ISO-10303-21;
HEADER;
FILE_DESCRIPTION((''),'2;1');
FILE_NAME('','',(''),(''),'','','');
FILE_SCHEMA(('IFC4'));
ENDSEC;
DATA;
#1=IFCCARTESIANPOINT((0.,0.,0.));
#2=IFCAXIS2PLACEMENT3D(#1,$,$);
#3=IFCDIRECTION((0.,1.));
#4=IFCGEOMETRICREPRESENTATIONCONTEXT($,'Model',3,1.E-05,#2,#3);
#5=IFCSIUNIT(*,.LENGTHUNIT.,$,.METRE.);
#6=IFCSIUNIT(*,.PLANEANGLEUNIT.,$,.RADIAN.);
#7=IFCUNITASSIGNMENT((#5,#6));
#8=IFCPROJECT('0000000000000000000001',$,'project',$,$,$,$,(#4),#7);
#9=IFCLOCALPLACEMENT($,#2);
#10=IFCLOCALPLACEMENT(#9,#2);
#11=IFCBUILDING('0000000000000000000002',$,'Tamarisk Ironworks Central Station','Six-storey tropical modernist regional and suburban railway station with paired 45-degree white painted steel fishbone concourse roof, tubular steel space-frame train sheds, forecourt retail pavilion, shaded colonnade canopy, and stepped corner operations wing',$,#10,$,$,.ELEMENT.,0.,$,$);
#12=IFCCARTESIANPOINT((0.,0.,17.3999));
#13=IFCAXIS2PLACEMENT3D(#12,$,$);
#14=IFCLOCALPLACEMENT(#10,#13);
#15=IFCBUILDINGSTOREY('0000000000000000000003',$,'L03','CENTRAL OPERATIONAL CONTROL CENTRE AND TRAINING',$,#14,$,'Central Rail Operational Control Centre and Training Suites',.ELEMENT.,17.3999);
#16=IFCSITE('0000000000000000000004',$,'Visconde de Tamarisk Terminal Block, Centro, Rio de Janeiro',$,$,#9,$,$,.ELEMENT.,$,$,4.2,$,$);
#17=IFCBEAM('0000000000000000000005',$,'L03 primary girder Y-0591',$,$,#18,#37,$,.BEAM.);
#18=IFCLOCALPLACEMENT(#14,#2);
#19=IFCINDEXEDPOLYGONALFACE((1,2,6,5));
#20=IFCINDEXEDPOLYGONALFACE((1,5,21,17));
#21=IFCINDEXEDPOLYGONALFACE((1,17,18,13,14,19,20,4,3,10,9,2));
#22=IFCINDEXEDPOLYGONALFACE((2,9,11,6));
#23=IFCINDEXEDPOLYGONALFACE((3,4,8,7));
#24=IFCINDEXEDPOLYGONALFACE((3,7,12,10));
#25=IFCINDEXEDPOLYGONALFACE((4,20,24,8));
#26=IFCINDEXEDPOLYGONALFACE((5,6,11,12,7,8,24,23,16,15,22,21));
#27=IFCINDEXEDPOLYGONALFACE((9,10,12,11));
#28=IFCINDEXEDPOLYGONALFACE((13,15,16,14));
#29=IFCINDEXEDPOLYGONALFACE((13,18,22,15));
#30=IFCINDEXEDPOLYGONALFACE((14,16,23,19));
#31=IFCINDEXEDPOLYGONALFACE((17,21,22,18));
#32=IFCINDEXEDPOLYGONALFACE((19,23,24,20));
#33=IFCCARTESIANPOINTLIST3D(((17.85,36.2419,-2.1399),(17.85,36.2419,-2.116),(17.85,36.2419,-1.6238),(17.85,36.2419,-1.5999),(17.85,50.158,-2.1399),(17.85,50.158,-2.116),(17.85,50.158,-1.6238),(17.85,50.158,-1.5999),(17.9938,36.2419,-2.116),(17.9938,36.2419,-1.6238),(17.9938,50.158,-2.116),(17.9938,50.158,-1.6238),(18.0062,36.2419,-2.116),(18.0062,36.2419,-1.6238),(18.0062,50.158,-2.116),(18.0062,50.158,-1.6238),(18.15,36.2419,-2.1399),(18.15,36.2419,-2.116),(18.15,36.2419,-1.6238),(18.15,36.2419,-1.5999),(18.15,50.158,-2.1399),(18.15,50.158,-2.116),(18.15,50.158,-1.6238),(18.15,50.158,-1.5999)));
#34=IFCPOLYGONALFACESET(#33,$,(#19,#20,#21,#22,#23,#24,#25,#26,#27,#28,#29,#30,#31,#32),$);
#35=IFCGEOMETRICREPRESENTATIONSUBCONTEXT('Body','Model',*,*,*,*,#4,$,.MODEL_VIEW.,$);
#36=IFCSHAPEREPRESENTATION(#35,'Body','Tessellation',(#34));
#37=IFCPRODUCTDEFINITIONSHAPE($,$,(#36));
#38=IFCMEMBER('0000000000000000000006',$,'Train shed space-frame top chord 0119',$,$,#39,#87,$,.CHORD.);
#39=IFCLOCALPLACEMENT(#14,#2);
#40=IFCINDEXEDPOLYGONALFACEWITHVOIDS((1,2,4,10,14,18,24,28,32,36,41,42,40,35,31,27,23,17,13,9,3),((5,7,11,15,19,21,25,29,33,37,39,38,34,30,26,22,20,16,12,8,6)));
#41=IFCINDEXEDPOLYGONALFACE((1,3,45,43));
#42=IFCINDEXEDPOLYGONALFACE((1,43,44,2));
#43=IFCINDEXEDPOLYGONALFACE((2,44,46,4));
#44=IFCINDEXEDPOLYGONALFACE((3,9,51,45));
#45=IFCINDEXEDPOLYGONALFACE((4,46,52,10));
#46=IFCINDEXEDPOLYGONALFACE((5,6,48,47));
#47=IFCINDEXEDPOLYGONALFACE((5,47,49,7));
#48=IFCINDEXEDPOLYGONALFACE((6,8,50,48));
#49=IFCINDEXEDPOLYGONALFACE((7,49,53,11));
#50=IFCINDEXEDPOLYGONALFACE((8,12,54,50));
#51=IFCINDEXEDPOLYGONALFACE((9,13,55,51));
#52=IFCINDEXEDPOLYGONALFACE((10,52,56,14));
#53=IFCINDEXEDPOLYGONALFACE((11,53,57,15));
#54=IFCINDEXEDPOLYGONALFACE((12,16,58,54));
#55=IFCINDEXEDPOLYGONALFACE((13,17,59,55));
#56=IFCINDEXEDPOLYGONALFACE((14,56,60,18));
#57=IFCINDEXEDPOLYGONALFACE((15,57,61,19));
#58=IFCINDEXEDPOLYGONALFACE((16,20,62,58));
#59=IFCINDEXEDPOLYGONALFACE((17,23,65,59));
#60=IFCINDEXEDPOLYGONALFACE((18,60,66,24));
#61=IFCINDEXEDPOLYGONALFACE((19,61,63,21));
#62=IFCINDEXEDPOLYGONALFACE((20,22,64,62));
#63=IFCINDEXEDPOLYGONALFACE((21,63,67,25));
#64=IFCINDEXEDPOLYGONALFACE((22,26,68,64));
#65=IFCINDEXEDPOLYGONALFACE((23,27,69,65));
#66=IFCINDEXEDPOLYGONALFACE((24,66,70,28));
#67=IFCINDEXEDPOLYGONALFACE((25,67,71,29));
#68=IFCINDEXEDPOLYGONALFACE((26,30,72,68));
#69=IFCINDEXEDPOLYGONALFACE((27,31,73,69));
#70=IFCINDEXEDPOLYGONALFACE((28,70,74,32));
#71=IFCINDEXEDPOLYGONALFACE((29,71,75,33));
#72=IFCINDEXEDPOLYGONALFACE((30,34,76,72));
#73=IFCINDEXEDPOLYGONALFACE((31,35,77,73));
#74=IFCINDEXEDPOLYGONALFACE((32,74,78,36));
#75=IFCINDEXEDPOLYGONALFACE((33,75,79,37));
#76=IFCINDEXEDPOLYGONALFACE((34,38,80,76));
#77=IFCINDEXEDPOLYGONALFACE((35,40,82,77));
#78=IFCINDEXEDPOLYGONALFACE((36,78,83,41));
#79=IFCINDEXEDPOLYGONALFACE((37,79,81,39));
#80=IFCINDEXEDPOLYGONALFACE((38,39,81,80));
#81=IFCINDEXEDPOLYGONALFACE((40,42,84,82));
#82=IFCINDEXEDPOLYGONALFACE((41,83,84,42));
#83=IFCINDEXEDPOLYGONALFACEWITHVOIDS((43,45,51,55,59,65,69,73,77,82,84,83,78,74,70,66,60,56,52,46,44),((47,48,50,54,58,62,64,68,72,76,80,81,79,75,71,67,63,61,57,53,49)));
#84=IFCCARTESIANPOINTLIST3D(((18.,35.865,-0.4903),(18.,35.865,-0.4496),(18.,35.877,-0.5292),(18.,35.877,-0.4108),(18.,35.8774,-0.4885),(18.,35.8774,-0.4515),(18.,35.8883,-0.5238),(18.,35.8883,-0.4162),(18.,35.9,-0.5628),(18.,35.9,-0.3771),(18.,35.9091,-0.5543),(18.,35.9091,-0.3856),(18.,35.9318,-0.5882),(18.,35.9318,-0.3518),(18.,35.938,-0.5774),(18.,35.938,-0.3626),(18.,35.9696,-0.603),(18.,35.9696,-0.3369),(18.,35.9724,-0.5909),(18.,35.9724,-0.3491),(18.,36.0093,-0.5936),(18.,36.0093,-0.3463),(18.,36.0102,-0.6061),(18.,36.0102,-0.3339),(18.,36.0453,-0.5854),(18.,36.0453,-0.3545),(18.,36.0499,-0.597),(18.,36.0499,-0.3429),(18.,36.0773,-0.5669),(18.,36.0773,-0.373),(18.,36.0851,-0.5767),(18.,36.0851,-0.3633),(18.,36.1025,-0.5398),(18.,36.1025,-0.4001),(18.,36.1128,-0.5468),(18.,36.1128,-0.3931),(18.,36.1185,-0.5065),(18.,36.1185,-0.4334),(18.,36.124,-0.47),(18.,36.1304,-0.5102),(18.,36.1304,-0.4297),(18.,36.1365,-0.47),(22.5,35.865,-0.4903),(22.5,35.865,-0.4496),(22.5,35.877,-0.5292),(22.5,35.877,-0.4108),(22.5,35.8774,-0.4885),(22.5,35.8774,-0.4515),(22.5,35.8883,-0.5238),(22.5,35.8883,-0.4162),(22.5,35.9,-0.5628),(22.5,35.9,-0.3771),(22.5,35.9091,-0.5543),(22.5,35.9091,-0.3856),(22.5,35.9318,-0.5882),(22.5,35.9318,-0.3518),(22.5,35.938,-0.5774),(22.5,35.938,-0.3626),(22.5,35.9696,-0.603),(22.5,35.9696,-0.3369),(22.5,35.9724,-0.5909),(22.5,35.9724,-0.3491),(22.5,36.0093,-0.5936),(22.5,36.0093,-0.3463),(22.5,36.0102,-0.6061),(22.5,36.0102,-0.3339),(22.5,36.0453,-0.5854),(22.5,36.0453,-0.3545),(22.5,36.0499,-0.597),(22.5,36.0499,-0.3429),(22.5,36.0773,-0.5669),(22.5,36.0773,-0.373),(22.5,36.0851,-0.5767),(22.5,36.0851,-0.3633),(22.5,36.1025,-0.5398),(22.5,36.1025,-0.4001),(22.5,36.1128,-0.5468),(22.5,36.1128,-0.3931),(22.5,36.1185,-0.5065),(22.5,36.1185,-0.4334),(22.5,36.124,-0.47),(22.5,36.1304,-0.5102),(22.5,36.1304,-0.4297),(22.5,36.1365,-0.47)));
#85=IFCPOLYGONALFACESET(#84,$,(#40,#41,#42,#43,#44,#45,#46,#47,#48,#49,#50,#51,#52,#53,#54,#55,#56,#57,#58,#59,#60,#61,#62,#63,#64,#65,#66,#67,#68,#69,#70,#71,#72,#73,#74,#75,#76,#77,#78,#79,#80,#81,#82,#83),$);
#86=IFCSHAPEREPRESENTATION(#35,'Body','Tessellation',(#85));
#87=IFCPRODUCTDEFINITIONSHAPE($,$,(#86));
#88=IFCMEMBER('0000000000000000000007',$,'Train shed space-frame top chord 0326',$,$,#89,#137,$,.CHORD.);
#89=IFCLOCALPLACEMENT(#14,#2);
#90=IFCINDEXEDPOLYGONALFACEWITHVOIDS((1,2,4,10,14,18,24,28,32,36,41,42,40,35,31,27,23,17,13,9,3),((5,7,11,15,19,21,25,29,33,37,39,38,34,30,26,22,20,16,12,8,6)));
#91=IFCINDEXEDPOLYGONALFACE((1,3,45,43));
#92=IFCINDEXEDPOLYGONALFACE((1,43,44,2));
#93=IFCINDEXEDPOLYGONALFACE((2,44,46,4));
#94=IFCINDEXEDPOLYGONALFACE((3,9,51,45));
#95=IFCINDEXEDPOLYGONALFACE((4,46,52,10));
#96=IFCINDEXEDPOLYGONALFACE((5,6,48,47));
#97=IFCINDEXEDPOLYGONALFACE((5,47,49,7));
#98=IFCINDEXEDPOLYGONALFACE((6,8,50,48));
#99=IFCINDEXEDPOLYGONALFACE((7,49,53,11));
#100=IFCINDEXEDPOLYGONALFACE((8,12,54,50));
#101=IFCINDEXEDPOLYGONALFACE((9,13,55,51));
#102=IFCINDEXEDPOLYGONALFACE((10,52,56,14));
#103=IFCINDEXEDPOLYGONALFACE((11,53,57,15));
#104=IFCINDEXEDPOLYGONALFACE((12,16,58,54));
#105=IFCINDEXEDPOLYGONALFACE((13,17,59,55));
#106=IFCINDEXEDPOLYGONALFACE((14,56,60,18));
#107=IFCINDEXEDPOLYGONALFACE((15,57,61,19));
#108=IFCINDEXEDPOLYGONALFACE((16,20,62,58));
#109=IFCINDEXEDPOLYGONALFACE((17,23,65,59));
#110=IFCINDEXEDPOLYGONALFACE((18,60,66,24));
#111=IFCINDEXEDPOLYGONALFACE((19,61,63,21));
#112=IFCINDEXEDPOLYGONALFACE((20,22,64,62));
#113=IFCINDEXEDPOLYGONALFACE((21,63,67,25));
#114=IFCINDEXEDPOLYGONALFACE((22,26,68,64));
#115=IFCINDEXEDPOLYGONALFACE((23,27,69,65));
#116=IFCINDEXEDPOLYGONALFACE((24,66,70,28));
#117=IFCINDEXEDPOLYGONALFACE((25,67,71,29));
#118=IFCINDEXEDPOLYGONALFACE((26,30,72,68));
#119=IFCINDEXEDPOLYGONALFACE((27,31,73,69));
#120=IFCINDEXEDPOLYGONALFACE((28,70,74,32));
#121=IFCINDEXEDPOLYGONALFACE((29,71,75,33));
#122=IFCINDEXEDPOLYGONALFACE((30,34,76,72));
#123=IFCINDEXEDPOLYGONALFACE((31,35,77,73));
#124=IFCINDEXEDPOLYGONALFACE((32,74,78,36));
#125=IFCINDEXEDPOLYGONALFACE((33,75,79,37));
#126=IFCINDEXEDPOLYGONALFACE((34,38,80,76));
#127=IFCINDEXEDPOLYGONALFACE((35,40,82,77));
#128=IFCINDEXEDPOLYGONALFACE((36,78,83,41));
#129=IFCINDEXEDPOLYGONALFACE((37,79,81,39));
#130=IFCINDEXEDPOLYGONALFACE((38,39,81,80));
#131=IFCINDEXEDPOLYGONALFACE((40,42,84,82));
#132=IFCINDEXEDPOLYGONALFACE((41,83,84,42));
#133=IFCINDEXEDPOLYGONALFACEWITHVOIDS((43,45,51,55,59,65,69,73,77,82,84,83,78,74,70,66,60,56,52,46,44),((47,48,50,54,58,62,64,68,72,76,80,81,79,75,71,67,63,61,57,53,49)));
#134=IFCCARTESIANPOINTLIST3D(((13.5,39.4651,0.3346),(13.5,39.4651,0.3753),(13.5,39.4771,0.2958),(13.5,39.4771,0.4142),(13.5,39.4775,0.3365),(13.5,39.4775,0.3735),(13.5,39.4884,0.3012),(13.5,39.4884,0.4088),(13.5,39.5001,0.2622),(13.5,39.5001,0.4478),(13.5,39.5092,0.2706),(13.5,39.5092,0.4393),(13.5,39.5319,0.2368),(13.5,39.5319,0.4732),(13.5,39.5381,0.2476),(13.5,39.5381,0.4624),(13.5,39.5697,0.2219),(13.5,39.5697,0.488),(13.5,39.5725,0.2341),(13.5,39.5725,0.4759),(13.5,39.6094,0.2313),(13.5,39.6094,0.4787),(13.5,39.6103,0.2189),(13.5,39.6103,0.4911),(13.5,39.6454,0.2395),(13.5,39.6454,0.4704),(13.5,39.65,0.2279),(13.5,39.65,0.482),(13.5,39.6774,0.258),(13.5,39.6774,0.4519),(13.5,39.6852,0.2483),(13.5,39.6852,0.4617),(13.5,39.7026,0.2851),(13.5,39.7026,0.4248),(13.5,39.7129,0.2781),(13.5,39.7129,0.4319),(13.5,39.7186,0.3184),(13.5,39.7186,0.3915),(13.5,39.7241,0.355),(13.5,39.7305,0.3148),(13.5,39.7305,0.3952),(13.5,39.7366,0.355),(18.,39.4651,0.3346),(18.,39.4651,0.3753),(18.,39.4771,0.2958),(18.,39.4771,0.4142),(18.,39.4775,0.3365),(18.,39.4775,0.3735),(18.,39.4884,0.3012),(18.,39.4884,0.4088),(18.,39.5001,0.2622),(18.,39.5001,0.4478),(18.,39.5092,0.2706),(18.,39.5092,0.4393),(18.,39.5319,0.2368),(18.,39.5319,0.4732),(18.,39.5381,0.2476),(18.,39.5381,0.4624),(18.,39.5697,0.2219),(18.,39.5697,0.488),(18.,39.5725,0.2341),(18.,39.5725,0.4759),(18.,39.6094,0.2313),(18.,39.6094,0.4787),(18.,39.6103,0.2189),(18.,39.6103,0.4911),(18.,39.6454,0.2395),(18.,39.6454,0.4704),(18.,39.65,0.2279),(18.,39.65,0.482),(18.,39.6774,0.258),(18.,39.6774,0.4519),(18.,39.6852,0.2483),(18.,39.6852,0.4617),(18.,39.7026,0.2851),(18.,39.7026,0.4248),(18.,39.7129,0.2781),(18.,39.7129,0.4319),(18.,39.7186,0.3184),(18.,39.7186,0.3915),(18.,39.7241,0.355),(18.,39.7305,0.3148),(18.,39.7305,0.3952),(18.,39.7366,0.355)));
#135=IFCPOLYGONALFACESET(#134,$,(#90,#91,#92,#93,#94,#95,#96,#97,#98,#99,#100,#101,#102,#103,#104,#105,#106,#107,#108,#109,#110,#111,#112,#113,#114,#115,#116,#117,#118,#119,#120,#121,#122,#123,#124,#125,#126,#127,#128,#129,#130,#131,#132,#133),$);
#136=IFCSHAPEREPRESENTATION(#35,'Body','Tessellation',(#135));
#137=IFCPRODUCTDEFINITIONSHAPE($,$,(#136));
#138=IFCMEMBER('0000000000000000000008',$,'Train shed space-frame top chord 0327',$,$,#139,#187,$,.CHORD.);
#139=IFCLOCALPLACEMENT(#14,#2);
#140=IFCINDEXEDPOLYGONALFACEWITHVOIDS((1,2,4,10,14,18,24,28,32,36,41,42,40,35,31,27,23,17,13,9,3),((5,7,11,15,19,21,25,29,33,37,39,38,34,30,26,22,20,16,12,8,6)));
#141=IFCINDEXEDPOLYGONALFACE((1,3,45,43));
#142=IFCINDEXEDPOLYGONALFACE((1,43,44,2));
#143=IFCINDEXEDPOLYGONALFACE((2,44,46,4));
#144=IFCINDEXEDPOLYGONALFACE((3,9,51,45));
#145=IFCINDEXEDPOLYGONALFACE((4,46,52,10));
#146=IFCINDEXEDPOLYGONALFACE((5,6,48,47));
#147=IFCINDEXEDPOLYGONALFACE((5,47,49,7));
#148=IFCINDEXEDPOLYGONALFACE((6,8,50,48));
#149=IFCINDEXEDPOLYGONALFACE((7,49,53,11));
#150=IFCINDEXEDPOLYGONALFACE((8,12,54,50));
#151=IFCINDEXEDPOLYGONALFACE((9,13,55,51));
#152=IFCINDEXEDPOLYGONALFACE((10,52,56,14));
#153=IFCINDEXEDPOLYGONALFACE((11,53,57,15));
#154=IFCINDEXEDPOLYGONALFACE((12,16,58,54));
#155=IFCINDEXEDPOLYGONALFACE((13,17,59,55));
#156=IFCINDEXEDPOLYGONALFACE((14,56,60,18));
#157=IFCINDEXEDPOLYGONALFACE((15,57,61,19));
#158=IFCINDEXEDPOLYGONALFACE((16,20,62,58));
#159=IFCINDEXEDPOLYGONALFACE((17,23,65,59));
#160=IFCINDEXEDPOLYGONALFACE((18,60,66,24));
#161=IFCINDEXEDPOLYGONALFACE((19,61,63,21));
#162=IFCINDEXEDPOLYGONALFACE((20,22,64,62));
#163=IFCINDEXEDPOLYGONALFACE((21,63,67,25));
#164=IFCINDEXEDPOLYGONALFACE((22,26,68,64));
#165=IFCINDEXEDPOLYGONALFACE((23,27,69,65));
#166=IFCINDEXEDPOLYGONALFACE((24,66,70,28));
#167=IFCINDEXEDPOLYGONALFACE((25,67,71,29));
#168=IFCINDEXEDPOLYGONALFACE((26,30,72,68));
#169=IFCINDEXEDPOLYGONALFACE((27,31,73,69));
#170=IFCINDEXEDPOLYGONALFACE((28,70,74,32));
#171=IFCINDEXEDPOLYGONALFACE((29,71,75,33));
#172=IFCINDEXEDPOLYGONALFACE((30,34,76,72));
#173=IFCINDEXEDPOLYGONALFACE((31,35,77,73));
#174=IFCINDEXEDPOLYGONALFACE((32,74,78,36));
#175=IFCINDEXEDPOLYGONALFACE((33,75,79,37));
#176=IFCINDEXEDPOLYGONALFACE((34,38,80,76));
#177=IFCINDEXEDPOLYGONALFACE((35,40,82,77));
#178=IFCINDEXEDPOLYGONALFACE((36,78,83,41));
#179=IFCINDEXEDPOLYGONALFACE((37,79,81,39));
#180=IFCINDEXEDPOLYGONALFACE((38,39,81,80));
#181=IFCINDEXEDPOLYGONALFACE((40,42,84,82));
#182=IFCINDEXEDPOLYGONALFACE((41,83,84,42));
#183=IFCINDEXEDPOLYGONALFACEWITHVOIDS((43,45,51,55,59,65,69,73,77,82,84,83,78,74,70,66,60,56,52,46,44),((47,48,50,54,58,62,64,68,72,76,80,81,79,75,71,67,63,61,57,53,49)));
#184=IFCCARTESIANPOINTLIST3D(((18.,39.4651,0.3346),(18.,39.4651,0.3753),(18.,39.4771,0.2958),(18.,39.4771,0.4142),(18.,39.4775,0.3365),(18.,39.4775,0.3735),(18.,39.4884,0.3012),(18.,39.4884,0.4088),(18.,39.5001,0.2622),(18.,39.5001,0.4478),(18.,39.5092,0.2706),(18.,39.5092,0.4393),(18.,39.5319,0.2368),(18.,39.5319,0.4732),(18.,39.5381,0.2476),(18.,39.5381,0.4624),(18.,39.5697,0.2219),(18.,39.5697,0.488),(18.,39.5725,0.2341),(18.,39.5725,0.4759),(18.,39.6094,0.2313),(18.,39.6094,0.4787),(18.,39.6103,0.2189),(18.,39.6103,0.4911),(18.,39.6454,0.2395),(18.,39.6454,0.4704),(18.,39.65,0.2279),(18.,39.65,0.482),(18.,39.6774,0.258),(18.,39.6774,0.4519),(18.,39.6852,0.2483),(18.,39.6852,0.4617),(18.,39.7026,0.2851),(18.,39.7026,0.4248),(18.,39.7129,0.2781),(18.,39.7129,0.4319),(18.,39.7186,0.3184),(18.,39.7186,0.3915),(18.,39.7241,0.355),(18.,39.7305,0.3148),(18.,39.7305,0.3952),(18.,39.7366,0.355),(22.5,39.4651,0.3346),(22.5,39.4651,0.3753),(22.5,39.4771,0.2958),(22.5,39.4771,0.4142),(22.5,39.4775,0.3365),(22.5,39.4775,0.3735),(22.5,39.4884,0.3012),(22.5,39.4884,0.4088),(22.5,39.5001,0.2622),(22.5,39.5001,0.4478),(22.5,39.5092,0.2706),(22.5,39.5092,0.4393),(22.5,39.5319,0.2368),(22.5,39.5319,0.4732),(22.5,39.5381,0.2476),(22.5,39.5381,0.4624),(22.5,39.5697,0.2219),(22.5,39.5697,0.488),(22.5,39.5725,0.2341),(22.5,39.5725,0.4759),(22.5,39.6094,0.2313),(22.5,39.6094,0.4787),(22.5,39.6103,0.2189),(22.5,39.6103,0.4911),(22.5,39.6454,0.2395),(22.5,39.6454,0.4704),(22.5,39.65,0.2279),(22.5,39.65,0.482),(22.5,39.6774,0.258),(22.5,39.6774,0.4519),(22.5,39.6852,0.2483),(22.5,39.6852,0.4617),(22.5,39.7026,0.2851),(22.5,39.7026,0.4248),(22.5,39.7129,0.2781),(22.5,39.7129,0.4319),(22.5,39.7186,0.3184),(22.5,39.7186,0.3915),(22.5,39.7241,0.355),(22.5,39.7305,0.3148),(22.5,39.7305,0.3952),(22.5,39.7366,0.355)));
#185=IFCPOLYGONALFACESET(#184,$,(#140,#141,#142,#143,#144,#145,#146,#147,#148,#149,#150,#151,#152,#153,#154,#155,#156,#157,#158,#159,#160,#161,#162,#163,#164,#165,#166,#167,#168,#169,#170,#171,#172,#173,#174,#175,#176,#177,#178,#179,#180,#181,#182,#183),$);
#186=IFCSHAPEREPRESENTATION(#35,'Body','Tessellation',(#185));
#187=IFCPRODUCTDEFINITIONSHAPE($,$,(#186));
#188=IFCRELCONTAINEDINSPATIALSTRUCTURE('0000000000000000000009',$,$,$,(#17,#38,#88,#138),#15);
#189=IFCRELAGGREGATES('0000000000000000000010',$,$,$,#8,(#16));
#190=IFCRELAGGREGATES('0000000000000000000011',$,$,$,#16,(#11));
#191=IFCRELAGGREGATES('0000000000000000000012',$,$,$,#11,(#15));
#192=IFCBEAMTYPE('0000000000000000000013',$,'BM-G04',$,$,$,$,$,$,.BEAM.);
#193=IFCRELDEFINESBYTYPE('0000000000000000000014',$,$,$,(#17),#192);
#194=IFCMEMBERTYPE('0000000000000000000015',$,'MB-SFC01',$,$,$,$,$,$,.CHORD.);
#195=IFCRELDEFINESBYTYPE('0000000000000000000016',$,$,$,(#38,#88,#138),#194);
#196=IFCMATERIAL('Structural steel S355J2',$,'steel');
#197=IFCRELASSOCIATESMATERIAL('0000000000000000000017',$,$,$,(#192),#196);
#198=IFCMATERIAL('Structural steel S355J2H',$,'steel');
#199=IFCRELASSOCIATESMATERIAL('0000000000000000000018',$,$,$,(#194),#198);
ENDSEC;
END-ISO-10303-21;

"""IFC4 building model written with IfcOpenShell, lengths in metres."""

from ifc_helpers import new_model, si_unit, direction, frame, origin, origin_2d, place, context, subcontext, project, spatial, hollow_circle, i_section, extrude, material, material_profile, profile_set, type_object, element, save


model = new_model("IFC4")

# Units and contexts
model_context = context("Model", 3, precision=1e-05, world=origin(), true_north=direction((0.0, 1.0)))
body_context = subcontext(model_context, "Body", "Model", "MODEL_VIEW")
ifc_project = project(units=[si_unit("LENGTHUNIT", "METRE"), si_unit("PLANEANGLEUNIT", "RADIAN")], contexts=[model_context])

# Site, building, storey
site_placement = place(None, origin())
site = spatial("IfcSite", under=ifc_project, at=site_placement, Name="Visconde de Tamarisk Terminal Block, Centro, Rio de Janeiro", CompositionType="ELEMENT", RefElevation=4.2)
building_placement = place(site_placement, origin())
building = spatial("IfcBuilding", under=site, at=building_placement, Name="Tamarisk Ironworks Central Station", Description="Six-storey tropical modernist regional and suburban railway station with paired 45-degree white painted steel fishbone concourse roof, tubular steel space-frame train sheds, forecourt retail pavilion, shaded colonnade canopy, and stepped corner operations wing", CompositionType="ELEMENT", ElevationOfRefHeight=0.0)
storey_placement = place(building_placement, frame((0.0, 0.0, 17.3999)))
storey = spatial("IfcBuildingStorey", under=building, at=storey_placement, Name="L03", Description="CENTRAL OPERATIONAL CONTROL CENTRE AND TRAINING", LongName="Central Rail Operational Control Centre and Training Suites", CompositionType="ELEMENT", Elevation=17.3999)

# Beam
ifc_material_1 = material(Name="Structural steel S355J2", Category="steel")
ifc_material_profile_1 = material_profile(ifc_material_1, i_section(OverallWidth=0.3, OverallDepth=0.54, WebThickness=0.0125, FlangeThickness=0.0239, at=origin_2d()), Name="HEA 550")
ifc_profile_set_1 = profile_set([ifc_material_profile_1], Name="Structural steel S355J2")
beam_type = type_object("IfcBeamType", Name="BM-G04", PredefinedType="BEAM", material=ifc_profile_set_1)
beam_placement = place(storey_placement, frame((18.0, 36.2419, -1.8699), z_axis=(0.0, 1.0, 0.0), x_axis=(-1.0, 0.0, 0.0)))
element("IfcBeam", 1, at=beam_placement, inside=storey, type_object=beam_type, Name="L03 primary girder Y-0591", PredefinedType="BEAM", context=body_context, shape_type="SweptSolid", body=[
    extrude(i_section(OverallWidth=0.3, OverallDepth=0.54, WebThickness=0.0125, FlangeThickness=0.0239, at=origin_2d()), origin(), (0.0, 0.0, 1.0), 13.916),
])

# Members
ifc_material_2 = material(Name="Structural steel S355J2H", Category="steel")
ifc_material_profile_2 = material_profile(ifc_material_2, hollow_circle(Radius=0.1365, WallThickness=0.0125, at=origin_2d()), Name="CHS 273x12.5")
ifc_profile_set_2 = profile_set([ifc_material_profile_2], Name="Structural steel S355J2H")
member_type_1 = type_object("IfcMemberType", Name="MB-SFC01", PredefinedType="CHORD", material=ifc_profile_set_2)
for number, where, z_axis, x_axis, name in (
    (2, (18.0, 36.0, -0.47), (1.0, 0.0, 0.0), (0.0, 1.0, 0.0), "Train shed space-frame top chord 0119"),
    (3, (13.5, 39.6001, 0.355), (1.0, 0.0, 0.0), (0.0, 1.0, 0.0), "Train shed space-frame top chord 0326"),
    (4, (18.0, 39.6001, 0.355), (1.0, 0.0, 0.0), (0.0, 1.0, 0.0), "Train shed space-frame top chord 0327"),
):
    element("IfcMember", number, at=place(storey_placement, frame(where, z_axis=z_axis, x_axis=x_axis)), inside=storey, type_object=member_type_1, Name=name, PredefinedType="CHORD", context=body_context, shape_type="SweptSolid", body=[
        extrude(hollow_circle(Radius=0.1365, WallThickness=0.0125, at=origin_2d()), origin(), (0.0, 0.0, 1.0), 4.5),
    ])

save(model, "model.ifc")
